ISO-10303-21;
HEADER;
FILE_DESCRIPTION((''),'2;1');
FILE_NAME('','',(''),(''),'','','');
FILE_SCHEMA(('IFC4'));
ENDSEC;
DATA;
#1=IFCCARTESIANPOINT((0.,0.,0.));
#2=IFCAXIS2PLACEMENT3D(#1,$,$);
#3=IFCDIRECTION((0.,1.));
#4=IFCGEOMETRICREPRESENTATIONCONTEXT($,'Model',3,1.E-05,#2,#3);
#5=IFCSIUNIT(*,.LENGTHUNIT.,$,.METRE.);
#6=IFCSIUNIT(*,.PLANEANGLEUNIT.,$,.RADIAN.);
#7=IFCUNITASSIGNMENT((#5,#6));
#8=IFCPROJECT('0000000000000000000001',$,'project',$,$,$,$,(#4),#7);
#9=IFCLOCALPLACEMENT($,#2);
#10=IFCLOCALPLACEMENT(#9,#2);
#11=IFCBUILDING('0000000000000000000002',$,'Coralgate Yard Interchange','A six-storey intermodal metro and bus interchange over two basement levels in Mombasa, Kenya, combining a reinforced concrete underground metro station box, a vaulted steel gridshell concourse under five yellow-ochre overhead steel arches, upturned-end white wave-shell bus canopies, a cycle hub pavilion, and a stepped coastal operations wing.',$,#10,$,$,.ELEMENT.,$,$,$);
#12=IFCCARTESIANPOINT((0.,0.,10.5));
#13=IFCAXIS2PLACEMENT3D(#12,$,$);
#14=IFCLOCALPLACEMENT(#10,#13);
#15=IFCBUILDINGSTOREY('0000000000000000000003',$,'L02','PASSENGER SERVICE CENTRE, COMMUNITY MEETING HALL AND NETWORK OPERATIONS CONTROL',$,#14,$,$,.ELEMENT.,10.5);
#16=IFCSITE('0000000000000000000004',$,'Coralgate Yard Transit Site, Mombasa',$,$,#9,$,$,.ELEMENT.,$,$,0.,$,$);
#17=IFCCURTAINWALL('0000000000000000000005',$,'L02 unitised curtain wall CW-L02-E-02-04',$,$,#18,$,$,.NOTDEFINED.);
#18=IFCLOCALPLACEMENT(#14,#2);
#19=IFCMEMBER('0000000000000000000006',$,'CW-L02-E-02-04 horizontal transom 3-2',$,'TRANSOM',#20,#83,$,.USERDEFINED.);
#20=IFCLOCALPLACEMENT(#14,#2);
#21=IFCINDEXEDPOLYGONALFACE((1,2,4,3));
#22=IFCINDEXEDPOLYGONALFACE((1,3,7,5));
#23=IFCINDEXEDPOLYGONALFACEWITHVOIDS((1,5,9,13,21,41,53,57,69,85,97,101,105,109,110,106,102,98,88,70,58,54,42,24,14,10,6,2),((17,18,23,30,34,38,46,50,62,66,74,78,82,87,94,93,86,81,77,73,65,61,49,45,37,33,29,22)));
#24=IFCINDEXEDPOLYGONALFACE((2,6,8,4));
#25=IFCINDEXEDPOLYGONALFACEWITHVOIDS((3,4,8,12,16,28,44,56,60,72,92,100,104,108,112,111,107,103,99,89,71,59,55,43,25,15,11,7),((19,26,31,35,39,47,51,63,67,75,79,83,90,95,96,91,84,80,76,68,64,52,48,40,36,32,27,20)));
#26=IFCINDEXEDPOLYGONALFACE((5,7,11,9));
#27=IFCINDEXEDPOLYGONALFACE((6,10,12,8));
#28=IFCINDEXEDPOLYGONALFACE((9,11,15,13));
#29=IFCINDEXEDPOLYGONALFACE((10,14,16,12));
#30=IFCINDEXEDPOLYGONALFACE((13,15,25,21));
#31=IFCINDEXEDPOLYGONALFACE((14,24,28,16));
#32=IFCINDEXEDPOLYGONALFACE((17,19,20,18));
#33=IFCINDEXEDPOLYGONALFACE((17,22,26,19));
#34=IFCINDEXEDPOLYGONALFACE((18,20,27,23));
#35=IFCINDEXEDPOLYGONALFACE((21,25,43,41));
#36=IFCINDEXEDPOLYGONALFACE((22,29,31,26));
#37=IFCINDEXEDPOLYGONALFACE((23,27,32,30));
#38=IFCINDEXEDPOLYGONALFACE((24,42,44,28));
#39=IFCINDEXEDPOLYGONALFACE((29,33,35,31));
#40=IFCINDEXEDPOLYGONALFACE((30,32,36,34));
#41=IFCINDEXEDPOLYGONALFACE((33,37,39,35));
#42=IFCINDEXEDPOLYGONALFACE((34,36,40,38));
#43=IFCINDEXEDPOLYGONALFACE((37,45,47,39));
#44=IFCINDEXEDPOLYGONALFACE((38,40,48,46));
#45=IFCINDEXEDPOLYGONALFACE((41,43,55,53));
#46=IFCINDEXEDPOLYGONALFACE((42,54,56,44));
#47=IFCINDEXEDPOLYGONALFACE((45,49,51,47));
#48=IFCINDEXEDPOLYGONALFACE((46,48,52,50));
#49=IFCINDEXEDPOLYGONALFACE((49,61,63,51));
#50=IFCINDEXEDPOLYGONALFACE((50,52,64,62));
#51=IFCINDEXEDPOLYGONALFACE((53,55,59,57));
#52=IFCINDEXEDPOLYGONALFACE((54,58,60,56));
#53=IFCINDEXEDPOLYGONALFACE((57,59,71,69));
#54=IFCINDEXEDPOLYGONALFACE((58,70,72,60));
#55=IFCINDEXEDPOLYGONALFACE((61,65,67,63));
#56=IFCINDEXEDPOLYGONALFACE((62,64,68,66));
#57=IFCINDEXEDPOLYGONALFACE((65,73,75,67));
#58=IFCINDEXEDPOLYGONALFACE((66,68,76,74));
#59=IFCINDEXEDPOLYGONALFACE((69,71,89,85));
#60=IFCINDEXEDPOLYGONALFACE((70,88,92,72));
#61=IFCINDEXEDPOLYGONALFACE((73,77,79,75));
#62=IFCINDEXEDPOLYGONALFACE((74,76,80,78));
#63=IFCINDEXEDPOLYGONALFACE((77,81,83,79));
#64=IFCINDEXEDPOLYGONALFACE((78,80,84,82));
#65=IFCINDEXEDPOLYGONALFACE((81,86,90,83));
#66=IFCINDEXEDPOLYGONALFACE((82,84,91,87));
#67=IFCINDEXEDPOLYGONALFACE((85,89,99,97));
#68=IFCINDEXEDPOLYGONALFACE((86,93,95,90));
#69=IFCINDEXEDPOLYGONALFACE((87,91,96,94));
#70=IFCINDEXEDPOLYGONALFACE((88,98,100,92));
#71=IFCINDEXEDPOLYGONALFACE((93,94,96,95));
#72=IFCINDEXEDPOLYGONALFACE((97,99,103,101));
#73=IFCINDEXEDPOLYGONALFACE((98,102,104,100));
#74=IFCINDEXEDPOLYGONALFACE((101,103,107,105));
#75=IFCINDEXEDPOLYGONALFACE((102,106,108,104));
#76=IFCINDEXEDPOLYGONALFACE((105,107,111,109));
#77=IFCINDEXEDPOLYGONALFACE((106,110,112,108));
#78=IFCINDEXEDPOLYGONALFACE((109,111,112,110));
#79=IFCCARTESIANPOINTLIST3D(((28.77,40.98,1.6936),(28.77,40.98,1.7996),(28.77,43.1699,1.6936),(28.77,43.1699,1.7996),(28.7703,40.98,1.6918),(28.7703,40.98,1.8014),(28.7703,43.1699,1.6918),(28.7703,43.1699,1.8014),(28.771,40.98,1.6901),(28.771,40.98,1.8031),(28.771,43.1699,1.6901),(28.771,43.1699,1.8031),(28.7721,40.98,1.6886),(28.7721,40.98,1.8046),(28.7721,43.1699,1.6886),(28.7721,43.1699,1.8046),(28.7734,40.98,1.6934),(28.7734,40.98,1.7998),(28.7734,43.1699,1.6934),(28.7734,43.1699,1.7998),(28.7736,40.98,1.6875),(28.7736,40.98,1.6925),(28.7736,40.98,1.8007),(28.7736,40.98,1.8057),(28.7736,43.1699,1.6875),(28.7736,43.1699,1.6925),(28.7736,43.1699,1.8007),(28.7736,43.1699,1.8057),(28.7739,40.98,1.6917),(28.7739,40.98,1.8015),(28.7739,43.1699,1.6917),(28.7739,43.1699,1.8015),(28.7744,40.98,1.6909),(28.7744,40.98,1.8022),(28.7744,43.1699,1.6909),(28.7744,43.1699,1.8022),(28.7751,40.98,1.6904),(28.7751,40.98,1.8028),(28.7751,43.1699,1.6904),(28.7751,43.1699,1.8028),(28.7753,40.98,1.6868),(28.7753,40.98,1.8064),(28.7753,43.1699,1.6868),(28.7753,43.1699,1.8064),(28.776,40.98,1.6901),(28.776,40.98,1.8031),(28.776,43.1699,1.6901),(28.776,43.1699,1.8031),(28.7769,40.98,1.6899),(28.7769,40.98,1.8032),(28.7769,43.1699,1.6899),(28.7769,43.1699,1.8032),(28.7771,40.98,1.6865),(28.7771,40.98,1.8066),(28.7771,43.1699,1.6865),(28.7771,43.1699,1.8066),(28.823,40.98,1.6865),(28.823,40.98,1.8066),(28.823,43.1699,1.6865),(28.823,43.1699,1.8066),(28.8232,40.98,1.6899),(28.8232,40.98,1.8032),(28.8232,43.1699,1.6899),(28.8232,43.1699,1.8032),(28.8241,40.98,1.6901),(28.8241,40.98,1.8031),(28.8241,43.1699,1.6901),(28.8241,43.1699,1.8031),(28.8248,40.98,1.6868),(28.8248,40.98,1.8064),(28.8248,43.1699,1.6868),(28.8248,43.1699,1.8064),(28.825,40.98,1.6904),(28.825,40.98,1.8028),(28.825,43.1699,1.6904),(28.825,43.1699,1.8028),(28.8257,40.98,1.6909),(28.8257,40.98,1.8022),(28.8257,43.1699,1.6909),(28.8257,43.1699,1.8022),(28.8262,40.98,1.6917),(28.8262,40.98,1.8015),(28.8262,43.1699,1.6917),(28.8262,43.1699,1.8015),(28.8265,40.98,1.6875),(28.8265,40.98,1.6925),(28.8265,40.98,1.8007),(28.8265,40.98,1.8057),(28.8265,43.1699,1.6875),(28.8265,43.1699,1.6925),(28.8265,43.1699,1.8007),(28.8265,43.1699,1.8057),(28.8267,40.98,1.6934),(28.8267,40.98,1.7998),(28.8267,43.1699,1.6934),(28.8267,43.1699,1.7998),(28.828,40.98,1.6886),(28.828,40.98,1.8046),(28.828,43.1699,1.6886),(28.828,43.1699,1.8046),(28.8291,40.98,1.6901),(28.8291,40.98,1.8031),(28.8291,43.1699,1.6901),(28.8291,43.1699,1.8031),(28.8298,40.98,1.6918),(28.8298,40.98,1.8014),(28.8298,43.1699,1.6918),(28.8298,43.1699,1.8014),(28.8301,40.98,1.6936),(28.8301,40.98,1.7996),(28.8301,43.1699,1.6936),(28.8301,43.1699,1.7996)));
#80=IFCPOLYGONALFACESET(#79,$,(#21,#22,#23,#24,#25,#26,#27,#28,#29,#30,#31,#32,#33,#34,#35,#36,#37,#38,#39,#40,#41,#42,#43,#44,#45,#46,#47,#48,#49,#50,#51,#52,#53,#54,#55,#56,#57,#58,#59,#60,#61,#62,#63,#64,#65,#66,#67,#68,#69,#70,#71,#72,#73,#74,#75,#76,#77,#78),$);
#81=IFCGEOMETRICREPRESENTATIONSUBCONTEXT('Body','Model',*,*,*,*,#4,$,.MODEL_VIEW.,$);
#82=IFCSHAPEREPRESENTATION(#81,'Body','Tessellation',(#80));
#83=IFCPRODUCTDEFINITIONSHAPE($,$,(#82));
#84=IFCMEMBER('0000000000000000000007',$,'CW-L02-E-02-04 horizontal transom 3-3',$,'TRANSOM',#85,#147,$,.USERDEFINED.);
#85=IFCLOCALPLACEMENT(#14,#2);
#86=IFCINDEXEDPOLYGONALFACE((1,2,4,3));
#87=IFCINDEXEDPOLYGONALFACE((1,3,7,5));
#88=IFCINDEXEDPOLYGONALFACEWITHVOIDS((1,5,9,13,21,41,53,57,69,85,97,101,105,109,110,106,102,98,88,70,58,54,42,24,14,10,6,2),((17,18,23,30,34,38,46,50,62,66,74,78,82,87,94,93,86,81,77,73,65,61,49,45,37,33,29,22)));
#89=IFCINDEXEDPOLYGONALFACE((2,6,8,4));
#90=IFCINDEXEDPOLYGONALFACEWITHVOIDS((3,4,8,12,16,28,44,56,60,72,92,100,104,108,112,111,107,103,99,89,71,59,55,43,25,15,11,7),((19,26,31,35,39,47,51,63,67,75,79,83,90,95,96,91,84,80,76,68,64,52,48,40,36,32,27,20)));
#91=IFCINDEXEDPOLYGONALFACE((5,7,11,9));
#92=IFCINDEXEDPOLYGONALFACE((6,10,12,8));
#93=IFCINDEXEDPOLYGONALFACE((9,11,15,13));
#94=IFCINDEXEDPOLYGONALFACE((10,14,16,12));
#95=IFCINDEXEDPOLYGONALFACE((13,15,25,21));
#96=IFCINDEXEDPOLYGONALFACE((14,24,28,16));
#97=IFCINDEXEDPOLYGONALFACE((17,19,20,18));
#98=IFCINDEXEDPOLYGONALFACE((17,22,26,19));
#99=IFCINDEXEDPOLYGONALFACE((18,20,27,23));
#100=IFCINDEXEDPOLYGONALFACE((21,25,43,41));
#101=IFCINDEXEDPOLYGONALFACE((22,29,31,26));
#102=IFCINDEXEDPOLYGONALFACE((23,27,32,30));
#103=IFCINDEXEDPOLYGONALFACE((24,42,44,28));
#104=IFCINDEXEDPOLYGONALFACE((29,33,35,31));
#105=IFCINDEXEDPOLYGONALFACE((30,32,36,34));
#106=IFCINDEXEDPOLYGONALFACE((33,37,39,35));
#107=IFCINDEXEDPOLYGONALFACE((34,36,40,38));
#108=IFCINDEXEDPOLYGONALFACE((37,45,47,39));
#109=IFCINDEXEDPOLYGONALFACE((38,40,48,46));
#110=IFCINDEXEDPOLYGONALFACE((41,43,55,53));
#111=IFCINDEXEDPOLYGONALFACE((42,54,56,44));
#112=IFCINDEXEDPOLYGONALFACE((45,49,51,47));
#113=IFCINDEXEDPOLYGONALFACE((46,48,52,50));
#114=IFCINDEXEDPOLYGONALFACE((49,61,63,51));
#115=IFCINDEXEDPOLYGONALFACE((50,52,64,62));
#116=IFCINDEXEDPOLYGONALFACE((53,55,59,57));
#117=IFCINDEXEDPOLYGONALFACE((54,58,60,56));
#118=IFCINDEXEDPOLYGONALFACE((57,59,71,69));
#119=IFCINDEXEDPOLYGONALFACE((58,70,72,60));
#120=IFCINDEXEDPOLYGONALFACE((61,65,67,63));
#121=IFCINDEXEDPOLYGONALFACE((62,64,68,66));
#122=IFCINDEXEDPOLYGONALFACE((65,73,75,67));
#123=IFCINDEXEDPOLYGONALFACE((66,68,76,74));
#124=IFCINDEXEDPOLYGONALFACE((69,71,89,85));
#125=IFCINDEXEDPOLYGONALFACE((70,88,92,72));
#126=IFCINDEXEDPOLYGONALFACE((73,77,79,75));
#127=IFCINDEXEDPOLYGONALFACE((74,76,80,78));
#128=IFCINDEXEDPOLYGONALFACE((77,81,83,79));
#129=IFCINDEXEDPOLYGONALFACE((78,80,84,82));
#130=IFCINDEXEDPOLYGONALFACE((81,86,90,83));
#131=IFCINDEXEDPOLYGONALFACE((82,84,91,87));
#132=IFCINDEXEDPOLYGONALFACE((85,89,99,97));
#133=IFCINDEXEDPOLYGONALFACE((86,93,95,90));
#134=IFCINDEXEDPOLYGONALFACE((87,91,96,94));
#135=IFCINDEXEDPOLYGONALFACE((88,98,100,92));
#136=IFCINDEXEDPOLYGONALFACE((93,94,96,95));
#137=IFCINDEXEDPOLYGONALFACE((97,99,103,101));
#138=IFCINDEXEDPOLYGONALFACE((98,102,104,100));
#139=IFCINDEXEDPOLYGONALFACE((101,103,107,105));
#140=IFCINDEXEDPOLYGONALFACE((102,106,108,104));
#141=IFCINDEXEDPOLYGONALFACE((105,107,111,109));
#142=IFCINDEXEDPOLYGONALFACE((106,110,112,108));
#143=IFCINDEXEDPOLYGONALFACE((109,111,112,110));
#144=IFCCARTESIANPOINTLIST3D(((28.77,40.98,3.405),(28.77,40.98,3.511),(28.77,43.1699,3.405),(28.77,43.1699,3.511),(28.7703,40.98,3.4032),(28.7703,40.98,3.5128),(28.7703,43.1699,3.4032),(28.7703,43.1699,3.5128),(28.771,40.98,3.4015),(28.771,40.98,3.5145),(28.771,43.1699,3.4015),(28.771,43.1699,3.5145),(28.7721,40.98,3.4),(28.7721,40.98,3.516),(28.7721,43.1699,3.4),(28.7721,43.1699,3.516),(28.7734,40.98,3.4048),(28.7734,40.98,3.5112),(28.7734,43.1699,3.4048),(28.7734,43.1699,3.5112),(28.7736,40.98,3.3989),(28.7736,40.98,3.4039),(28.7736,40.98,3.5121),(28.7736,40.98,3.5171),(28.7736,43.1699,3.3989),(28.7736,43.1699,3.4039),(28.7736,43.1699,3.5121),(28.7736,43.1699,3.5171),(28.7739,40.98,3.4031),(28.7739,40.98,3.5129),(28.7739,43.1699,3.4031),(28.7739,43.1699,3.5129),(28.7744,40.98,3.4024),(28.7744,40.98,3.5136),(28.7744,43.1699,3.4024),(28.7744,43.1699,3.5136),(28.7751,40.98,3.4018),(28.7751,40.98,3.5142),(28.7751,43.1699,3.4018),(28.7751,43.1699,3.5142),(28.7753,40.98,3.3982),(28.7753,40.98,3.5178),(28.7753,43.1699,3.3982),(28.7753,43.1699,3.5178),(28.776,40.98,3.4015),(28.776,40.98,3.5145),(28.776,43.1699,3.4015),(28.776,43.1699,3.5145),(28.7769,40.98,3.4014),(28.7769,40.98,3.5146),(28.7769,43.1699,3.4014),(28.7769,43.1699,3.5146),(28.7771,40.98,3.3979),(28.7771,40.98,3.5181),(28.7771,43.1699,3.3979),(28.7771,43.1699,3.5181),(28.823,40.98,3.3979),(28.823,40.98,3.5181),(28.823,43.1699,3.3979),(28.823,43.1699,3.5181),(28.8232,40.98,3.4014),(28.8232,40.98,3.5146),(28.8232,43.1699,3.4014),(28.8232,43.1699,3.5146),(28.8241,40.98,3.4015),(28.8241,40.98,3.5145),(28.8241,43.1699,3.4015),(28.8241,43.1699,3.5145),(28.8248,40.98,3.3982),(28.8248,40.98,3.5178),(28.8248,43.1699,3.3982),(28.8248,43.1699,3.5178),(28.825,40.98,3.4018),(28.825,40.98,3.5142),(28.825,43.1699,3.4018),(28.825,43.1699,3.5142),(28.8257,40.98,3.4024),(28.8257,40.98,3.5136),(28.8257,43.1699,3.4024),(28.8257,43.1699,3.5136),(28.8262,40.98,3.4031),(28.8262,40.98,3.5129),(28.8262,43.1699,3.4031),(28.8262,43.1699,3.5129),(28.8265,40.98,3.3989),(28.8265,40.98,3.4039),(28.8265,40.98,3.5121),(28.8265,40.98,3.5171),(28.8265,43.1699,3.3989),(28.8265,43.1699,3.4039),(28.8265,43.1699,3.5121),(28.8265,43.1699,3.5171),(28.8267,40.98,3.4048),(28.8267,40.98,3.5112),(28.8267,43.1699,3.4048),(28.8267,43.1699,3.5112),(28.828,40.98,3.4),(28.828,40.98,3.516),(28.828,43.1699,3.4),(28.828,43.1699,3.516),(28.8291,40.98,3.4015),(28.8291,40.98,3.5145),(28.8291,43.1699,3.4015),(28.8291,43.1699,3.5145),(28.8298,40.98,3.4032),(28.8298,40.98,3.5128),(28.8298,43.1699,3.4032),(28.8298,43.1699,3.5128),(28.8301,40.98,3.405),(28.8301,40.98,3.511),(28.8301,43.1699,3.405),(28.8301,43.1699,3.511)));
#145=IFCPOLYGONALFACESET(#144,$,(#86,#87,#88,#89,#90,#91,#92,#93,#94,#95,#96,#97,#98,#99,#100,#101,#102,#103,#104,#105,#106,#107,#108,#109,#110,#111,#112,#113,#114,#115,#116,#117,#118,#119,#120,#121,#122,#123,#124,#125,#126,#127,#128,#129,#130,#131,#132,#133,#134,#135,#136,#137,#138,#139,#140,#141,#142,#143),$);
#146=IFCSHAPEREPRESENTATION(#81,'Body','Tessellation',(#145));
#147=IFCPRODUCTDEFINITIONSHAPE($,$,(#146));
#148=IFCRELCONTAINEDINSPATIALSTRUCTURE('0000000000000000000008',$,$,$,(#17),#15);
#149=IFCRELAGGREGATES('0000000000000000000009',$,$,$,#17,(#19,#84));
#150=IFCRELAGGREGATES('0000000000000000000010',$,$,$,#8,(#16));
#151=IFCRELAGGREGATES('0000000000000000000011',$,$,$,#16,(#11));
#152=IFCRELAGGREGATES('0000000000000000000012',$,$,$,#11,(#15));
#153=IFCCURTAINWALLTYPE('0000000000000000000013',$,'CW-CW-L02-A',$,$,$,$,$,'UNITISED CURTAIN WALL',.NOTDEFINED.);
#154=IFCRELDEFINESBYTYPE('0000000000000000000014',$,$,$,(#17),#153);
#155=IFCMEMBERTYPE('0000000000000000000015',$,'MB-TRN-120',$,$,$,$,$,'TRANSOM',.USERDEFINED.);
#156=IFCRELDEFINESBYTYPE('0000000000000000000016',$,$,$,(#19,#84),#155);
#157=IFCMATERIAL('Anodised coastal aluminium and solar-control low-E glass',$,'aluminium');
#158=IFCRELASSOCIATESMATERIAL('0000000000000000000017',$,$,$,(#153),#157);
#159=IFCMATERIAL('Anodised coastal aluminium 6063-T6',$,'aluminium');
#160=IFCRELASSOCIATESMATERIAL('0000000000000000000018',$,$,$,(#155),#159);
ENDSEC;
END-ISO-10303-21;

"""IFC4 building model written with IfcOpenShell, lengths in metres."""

from ifc_helpers import new_model, si_unit, direction, frame, origin, origin_2d, place, context, subcontext, project, spatial, hollow_rectangle, extrude, material, material_profile, profile_set, type_object, element, aggregate, save


model = new_model("IFC4")

# Units and contexts
model_context = context("Model", 3, precision=1e-05, world=origin(), true_north=direction((0.0, 1.0)))
body_context = subcontext(model_context, "Body", "Model", "MODEL_VIEW")
ifc_project = project(units=[si_unit("LENGTHUNIT", "METRE"), si_unit("PLANEANGLEUNIT", "RADIAN")], contexts=[model_context])

# Site, building, storey
site_placement = place(None, origin())
site = spatial("IfcSite", under=ifc_project, at=site_placement, Name="Coralgate Yard Transit Site, Mombasa", CompositionType="ELEMENT", RefElevation=0.0)
building_placement = place(site_placement, origin())
building = spatial("IfcBuilding", under=site, at=building_placement, Name="Coralgate Yard Interchange", Description="A six-storey intermodal metro and bus interchange over two basement levels in Mombasa, Kenya, combining a reinforced concrete underground metro station box, a vaulted steel gridshell concourse under five yellow-ochre overhead steel arches, upturned-end white wave-shell bus canopies, a cycle hub pavilion, and a stepped coastal operations wing.", CompositionType="ELEMENT")
storey_placement = place(building_placement, frame((0.0, 0.0, 10.5)))
storey = spatial("IfcBuildingStorey", under=building, at=storey_placement, Name="L02", Description="PASSENGER SERVICE CENTRE, COMMUNITY MEETING HALL AND NETWORK OPERATIONS CONTROL", CompositionType="ELEMENT", Elevation=10.5)

# Curtain wall
ifc_material_1 = material(Name="Anodised coastal aluminium and solar-control low-E glass", Category="aluminium")
curtain_wall_type_1 = type_object("IfcCurtainWallType", Name="CW-CW-L02-A", ElementType="UNITISED CURTAIN WALL", PredefinedType="NOTDEFINED", material=ifc_material_1)
curtain_wall_1_placement = place(storey_placement, origin())
curtain_wall_1 = element("IfcCurtainWall", 1, at=curtain_wall_1_placement, inside=storey, type_object=curtain_wall_type_1, Name="L02 unitised curtain wall CW-L02-E-02-04", PredefinedType="NOTDEFINED")
ifc_material_2 = material(Name="Anodised coastal aluminium 6063-T6", Category="aluminium")

# Members
ifc_material_profile_1 = material_profile(ifc_material_2, hollow_rectangle(XDim=0.0601, YDim=0.1201, WallThickness=0.0034, InnerFilletRadius=0.0034, OuterFilletRadius=0.0071, at=origin_2d()), Name="ALU 60x120x3.5")
ifc_profile_set_1 = profile_set([ifc_material_profile_1], Name="Anodised coastal aluminium 6063-T6")
member_type_1 = type_object("IfcMemberType", Name="MB-TRN-120", ElementType="TRANSOM", PredefinedType="USERDEFINED", material=ifc_profile_set_1)
member_1_placement = place(storey_placement, frame((28.8, 43.1699, 1.7466), z_axis=(0.0, -1.0, 0.0), x_axis=(1.0, 0.0, 0.0)))
member_1 = element("IfcMember", 2, at=member_1_placement, type_object=member_type_1, Name="CW-L02-E-02-04 horizontal transom 3-2", ObjectType="TRANSOM", PredefinedType="USERDEFINED", context=body_context, shape_type="SweptSolid", body=[
    extrude(hollow_rectangle(XDim=0.0601, YDim=0.1201, WallThickness=0.0034, InnerFilletRadius=0.0034, OuterFilletRadius=0.0071, at=origin_2d()), origin(), (0.0, 0.0, 1.0), 2.1899),
])
member_2_placement = place(storey_placement, frame((28.8, 43.1699, 3.458), z_axis=(0.0, -1.0, 0.0), x_axis=(1.0, 0.0, 0.0)))
member_2 = element("IfcMember", 3, at=member_2_placement, type_object=member_type_1, Name="CW-L02-E-02-04 horizontal transom 3-3", ObjectType="TRANSOM", PredefinedType="USERDEFINED", context=body_context, shape_type="SweptSolid", body=[
    extrude(hollow_rectangle(XDim=0.0601, YDim=0.1201, WallThickness=0.0034, InnerFilletRadius=0.0034, OuterFilletRadius=0.0071, at=origin_2d()), origin(), (0.0, 0.0, 1.0), 2.1899),
])

aggregate(curtain_wall_1, [member_1, member_2])

save(model, "model.ifc")
